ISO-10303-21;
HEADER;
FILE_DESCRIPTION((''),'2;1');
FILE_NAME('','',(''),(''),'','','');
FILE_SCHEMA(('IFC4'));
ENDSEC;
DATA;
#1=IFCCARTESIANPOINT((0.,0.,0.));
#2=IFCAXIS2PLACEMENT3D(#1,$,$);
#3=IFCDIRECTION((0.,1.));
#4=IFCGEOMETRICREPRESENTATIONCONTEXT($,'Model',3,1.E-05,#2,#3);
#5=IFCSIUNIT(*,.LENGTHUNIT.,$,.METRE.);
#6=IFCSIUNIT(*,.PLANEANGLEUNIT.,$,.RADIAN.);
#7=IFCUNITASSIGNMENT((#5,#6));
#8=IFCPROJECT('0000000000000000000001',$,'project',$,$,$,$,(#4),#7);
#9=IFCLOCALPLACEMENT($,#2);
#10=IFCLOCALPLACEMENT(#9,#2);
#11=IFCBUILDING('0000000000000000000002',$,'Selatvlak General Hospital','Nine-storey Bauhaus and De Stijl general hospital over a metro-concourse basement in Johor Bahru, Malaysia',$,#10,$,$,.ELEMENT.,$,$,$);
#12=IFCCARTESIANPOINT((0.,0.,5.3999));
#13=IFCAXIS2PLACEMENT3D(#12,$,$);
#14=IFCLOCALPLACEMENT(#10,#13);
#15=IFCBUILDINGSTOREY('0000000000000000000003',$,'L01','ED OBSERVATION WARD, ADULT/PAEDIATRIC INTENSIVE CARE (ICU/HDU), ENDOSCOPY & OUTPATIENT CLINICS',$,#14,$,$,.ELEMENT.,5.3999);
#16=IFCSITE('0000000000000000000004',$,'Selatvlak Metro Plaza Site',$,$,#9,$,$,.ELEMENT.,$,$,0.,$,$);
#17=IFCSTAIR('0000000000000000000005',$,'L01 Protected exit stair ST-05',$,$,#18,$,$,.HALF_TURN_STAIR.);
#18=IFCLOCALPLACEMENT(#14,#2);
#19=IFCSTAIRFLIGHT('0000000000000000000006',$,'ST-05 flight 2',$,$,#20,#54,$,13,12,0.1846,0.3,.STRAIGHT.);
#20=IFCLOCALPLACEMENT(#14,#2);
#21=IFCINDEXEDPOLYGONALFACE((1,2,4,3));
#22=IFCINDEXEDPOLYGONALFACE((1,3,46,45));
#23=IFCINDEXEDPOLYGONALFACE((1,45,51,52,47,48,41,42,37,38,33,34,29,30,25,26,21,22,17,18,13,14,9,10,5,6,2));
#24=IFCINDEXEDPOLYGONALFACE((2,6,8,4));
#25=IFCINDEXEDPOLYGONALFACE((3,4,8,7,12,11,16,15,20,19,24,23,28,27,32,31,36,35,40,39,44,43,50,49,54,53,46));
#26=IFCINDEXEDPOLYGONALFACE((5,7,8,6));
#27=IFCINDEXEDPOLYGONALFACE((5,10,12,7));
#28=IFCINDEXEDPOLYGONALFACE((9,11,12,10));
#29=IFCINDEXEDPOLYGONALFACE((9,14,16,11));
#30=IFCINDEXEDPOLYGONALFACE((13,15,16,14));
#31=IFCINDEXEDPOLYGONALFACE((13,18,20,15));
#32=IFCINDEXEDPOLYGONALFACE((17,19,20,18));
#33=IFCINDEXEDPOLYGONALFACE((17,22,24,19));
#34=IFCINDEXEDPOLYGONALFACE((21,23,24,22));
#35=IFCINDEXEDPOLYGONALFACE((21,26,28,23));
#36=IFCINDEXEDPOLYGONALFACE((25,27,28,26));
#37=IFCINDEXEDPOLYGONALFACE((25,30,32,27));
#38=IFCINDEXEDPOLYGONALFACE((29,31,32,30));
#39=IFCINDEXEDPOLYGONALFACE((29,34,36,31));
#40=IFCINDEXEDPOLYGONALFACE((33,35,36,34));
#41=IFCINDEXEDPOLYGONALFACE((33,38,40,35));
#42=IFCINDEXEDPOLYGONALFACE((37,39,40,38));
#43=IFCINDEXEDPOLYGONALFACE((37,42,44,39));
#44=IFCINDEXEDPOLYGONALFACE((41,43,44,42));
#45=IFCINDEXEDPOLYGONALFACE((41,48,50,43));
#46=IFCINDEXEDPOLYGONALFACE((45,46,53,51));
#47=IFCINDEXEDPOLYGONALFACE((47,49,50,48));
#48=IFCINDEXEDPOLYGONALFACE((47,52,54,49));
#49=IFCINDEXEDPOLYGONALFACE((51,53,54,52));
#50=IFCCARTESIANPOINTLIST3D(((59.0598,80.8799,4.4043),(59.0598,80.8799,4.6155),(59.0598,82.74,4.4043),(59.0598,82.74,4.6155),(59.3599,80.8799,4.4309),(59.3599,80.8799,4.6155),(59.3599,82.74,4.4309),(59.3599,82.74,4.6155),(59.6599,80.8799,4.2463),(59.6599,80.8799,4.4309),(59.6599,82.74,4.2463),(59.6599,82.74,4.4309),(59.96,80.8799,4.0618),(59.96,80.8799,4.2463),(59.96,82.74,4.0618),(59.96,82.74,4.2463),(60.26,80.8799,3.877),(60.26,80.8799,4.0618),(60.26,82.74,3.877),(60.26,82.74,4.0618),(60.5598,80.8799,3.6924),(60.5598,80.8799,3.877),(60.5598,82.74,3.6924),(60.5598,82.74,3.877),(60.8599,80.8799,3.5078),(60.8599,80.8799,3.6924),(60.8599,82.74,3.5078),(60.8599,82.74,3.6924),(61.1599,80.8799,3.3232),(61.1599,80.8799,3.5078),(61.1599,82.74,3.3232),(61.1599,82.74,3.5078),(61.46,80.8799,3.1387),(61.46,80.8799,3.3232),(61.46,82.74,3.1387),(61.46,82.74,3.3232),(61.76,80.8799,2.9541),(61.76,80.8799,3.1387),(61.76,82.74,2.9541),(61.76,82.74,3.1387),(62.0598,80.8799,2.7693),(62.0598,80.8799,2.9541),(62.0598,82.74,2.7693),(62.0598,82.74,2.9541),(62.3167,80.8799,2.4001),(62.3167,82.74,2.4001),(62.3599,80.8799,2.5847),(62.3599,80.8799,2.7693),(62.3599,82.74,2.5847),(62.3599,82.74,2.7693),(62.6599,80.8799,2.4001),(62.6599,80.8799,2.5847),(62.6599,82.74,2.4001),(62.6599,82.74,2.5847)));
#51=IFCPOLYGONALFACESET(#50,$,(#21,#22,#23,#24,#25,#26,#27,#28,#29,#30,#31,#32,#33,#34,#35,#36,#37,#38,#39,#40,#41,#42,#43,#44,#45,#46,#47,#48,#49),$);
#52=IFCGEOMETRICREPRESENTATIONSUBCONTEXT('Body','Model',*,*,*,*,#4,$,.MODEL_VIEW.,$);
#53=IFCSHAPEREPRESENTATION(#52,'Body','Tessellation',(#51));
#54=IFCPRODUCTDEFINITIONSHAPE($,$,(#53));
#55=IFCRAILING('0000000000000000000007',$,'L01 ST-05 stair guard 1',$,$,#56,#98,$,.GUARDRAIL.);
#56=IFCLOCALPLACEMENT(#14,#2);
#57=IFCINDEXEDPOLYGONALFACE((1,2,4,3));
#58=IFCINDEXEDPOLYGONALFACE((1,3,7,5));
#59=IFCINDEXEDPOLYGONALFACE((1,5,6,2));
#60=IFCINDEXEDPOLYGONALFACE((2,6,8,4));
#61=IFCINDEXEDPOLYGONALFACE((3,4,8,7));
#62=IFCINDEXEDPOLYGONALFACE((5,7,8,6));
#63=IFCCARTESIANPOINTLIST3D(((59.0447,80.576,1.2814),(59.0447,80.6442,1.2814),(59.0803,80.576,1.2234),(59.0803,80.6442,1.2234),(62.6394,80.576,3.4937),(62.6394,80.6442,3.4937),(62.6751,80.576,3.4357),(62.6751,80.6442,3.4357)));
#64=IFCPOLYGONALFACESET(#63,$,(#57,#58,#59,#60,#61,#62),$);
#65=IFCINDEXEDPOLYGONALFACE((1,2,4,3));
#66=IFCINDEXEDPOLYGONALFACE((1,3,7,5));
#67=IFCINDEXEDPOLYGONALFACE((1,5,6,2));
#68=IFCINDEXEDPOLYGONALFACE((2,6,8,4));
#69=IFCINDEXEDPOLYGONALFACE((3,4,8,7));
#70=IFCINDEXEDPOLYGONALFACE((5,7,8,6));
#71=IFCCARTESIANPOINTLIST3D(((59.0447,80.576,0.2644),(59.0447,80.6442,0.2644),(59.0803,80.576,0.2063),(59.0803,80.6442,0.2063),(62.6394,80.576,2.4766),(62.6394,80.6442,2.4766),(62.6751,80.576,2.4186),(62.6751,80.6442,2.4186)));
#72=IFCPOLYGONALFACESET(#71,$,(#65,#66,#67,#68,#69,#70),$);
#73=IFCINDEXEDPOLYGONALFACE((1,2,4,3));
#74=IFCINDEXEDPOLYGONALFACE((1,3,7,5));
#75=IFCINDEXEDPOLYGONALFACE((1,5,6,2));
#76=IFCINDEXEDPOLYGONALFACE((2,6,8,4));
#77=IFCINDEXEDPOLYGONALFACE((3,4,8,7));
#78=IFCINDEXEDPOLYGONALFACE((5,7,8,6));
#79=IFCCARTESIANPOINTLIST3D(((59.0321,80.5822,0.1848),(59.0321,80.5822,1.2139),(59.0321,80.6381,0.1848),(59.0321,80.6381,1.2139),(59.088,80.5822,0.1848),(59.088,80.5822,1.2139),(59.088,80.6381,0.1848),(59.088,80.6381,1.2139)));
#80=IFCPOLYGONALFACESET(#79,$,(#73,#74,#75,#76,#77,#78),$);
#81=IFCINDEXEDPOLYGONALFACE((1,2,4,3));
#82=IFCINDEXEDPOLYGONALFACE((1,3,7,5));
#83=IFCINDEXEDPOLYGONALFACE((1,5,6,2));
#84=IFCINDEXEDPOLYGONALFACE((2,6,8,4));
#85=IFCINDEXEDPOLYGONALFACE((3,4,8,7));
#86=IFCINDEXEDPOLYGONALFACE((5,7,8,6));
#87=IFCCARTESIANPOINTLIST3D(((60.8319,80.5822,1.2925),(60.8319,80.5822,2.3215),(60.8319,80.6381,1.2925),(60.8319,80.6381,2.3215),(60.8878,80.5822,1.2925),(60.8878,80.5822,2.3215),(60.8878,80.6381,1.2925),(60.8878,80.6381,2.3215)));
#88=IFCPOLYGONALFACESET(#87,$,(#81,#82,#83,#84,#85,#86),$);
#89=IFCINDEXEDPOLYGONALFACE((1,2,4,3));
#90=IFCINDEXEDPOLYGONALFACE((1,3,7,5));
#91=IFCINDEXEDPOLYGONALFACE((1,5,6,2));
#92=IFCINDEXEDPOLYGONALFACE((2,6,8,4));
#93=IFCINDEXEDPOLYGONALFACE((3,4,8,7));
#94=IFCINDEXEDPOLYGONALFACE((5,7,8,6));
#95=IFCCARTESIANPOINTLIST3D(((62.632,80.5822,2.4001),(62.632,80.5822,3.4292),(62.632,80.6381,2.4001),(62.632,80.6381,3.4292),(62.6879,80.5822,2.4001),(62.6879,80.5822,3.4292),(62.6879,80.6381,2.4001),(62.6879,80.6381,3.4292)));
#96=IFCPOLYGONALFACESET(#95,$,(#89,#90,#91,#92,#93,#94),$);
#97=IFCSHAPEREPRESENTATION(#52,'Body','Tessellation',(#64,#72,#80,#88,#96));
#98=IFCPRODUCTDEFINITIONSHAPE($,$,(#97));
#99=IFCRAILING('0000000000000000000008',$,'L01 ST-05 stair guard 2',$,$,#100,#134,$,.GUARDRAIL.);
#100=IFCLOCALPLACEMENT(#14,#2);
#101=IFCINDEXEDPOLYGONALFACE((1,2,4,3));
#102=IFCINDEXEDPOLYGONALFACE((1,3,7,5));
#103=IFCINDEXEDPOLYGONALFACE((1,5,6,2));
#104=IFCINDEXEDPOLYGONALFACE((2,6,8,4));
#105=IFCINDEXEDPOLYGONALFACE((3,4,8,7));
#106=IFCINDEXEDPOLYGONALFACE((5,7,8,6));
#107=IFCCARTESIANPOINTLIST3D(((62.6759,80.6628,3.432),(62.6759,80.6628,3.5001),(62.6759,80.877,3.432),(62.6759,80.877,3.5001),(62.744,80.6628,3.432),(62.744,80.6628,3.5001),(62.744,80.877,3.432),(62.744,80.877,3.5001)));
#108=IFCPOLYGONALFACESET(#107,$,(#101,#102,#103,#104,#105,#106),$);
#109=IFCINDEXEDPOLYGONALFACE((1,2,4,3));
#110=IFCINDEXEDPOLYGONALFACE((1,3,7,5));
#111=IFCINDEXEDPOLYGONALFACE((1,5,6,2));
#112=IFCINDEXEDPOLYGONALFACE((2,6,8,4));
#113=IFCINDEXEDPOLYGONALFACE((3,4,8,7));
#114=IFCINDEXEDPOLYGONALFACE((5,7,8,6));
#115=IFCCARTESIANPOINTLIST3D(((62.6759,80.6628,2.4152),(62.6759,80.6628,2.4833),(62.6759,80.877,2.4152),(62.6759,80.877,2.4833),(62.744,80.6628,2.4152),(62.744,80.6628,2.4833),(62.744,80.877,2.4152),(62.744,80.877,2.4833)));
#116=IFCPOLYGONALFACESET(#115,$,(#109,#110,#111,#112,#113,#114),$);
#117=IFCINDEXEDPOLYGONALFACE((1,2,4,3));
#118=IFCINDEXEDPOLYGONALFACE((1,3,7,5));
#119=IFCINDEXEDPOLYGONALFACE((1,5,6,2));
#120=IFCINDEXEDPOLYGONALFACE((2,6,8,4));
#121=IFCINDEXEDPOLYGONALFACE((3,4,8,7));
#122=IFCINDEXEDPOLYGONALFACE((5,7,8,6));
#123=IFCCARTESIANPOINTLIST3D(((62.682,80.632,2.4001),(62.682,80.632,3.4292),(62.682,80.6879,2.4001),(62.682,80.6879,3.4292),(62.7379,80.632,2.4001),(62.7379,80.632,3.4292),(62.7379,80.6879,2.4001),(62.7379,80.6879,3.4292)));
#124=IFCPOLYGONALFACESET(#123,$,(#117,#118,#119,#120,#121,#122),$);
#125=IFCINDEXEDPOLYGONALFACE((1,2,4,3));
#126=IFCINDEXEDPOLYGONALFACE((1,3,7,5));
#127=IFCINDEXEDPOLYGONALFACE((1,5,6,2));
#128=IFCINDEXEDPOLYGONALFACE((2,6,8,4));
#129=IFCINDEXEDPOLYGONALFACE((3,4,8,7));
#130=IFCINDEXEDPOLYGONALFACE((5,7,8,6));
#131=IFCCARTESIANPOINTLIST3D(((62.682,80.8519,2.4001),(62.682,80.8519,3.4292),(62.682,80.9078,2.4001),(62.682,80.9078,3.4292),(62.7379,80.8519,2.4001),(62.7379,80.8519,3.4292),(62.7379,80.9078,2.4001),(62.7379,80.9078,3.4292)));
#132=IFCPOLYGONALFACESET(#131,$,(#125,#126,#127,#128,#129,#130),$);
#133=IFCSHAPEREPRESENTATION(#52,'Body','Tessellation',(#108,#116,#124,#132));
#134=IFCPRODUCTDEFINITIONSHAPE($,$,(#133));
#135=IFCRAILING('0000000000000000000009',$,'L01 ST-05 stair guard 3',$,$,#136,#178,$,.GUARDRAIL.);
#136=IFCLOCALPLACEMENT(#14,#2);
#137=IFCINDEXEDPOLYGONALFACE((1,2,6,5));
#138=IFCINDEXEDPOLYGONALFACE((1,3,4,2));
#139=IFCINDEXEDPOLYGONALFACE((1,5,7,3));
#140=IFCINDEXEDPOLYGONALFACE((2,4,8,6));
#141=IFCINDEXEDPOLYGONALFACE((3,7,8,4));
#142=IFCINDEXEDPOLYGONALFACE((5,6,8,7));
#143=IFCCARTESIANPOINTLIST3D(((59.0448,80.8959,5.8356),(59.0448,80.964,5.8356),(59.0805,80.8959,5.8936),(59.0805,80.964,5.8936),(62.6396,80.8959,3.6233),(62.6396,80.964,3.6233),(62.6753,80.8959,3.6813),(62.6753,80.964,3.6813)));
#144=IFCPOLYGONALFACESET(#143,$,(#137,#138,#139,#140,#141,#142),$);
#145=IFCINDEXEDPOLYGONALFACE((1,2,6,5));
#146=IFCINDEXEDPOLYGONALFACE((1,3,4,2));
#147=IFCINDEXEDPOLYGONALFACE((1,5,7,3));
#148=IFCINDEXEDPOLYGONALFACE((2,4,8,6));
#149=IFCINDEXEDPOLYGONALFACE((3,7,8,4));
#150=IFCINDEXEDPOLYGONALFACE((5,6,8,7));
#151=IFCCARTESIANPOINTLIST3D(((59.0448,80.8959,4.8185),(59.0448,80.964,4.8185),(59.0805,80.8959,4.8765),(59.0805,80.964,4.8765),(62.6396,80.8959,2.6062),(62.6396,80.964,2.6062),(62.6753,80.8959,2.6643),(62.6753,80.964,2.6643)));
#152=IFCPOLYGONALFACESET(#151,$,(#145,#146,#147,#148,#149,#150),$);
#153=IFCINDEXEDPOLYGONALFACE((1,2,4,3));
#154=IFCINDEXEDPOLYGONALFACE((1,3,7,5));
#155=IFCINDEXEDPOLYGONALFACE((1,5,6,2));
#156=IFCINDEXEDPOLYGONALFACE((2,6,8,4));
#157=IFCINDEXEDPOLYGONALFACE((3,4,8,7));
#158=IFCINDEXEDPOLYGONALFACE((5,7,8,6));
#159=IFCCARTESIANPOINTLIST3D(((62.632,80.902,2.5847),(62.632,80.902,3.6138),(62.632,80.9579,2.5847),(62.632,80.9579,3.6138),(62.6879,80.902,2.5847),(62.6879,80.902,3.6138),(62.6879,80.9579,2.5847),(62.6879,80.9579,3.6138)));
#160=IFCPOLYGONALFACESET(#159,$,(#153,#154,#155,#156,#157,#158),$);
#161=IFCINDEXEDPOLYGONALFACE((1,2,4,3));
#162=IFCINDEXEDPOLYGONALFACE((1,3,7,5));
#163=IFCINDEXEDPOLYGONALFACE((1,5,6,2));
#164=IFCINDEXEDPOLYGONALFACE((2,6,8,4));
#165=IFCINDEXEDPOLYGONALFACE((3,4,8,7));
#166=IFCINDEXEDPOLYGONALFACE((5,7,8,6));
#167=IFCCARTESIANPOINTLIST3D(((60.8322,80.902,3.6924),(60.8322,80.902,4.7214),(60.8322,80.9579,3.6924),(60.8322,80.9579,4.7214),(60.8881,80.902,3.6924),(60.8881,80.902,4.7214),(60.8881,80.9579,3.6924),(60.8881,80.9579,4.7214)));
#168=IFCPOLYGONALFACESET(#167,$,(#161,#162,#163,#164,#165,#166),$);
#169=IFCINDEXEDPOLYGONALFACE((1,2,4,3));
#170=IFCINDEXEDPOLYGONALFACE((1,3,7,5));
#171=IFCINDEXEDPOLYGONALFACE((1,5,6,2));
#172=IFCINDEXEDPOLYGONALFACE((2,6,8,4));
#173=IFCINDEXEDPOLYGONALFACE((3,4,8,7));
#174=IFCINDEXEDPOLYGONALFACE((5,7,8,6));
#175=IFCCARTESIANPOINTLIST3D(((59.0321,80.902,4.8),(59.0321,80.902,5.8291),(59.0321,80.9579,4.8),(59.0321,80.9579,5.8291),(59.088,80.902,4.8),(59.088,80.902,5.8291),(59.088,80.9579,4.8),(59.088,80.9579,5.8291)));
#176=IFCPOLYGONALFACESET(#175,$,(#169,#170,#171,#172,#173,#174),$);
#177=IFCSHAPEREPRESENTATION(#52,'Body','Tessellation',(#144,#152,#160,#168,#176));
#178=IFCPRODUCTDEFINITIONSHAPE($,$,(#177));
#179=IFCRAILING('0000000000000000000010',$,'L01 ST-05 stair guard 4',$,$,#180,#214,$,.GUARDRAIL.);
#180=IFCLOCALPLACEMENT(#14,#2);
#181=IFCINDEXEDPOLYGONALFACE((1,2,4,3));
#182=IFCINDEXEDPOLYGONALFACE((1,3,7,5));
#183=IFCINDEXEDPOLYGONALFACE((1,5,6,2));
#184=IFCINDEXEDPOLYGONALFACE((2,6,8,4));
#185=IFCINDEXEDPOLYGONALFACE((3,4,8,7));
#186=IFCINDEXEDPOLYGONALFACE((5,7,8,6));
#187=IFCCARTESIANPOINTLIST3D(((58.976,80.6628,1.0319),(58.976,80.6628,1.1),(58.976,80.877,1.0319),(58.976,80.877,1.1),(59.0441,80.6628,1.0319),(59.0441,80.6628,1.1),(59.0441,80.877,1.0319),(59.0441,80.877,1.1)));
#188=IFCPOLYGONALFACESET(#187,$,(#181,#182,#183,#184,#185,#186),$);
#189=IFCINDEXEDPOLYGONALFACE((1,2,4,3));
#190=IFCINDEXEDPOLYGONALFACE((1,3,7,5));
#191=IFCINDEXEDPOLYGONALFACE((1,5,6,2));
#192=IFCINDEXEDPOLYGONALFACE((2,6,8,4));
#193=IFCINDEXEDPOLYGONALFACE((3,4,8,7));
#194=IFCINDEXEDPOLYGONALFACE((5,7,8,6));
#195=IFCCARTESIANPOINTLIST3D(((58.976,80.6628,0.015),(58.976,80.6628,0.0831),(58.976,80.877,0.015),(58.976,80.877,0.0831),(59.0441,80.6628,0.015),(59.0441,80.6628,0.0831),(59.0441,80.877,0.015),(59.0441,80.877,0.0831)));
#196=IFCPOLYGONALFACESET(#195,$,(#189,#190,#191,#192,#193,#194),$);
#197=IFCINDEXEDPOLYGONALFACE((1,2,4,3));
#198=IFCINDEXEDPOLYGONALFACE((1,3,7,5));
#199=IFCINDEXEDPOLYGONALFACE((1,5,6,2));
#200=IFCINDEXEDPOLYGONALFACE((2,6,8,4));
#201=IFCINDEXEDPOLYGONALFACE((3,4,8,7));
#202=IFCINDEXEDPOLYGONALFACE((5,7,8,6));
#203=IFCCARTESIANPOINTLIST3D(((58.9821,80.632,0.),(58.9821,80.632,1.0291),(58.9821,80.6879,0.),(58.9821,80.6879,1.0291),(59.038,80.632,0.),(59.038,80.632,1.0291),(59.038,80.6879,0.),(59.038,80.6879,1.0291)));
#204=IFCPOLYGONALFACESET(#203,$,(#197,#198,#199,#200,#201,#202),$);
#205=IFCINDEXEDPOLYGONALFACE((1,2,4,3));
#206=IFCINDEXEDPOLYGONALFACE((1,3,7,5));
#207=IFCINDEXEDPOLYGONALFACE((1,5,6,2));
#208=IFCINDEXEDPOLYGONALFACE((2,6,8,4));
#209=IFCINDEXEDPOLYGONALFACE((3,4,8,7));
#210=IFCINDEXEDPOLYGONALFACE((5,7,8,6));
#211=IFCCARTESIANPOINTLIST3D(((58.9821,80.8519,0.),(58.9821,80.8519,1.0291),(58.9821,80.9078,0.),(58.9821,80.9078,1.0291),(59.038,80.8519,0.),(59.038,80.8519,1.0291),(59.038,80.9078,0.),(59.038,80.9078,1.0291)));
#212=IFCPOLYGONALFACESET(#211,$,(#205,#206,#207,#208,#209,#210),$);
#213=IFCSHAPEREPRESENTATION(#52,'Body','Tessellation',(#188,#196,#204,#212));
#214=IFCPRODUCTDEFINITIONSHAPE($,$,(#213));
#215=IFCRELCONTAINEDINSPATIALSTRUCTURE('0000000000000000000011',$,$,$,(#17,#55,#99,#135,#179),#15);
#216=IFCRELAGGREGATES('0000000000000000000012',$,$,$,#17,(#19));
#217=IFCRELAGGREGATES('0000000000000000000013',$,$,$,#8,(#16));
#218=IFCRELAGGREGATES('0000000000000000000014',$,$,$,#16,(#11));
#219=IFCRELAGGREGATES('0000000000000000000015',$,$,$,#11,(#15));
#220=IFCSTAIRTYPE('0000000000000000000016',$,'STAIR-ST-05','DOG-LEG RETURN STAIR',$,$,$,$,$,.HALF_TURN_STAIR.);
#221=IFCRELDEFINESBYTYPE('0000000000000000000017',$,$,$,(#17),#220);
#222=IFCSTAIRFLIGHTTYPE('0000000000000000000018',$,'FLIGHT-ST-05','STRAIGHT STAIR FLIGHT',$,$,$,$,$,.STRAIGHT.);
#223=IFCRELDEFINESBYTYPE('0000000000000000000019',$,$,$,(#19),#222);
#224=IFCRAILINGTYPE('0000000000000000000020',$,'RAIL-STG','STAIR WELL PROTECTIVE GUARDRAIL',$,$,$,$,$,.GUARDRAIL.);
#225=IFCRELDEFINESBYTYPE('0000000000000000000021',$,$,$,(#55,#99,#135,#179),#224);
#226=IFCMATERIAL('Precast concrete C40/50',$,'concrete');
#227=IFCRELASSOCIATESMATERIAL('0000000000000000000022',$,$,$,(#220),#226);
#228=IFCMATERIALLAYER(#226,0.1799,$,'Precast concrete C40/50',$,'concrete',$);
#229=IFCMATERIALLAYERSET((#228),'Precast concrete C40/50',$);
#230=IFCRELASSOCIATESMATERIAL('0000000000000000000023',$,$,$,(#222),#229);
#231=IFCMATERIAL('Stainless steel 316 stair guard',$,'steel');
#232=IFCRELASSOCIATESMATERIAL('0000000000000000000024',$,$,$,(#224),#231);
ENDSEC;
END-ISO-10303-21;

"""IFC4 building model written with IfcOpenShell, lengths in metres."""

from ifc_helpers import new_model, si_unit, direction, frame, origin, origin_2d, place, context, subcontext, project, spatial, polyline, rectangle, outline, extrude, material, layer, layer_set, type_object, element, aggregate, save


model = new_model("IFC4")

# Units and contexts
model_context = context("Model", 3, precision=1e-05, world=origin(), true_north=direction((0.0, 1.0)))
body_context = subcontext(model_context, "Body", "Model", "MODEL_VIEW")
ifc_project = project(units=[si_unit("LENGTHUNIT", "METRE"), si_unit("PLANEANGLEUNIT", "RADIAN")], contexts=[model_context])

# Site, building, storey
site_placement = place(None, origin())
site = spatial("IfcSite", under=ifc_project, at=site_placement, Name="Selatvlak Metro Plaza Site", CompositionType="ELEMENT", RefElevation=0.0)
building_placement = place(site_placement, origin())
building = spatial("IfcBuilding", under=site, at=building_placement, Name="Selatvlak General Hospital", Description="Nine-storey Bauhaus and De Stijl general hospital over a metro-concourse basement in Johor Bahru, Malaysia", CompositionType="ELEMENT")
storey_placement = place(building_placement, frame((0.0, 0.0, 5.3999)))
storey = spatial("IfcBuildingStorey", under=building, at=storey_placement, Name="L01", Description="ED OBSERVATION WARD, ADULT/PAEDIATRIC INTENSIVE CARE (ICU/HDU), ENDOSCOPY & OUTPATIENT CLINICS", CompositionType="ELEMENT", Elevation=5.3999)

# Stair, stair flight
ifc_material_1 = material(Name="Precast concrete C40/50", Category="concrete")
stair_type = type_object("IfcStairType", Name="STAIR-ST-05", Description="DOG-LEG RETURN STAIR", PredefinedType="HALF_TURN_STAIR", material=ifc_material_1)
stair_placement = place(storey_placement, origin())
stair = element("IfcStair", 1, at=stair_placement, inside=storey, type_object=stair_type, Name="L01 Protected exit stair ST-05", PredefinedType="HALF_TURN_STAIR")
ifc_layer_1 = layer(ifc_material_1, 0.1799, Name="Precast concrete C40/50", Category="concrete")
ifc_layer_set_1 = layer_set([ifc_layer_1], Name="Precast concrete C40/50")
stair_flight_type = type_object("IfcStairFlightType", Name="FLIGHT-ST-05", Description="STRAIGHT STAIR FLIGHT", PredefinedType="STRAIGHT", material=ifc_layer_set_1)
stair_flight_1_placement = place(storey_placement, frame((62.6599, 81.8101, 2.4001), z_axis=(0.0, 0.0, 1.0), x_axis=(-1.0, 0.0, 0.0)))
stair_flight_1 = element("IfcStairFlight", 2, at=stair_flight_1_placement, type_object=stair_flight_type, Name="ST-05 flight 2", NumberOfRisers=13, NumberOfTreads=12, PredefinedType="STRAIGHT", RiserHeight=0.1846, TreadLength=0.3, context=body_context, shape_type="SweptSolid", body=[
    extrude(outline(polyline([(0.0, 0.0), (0.0, 0.1846), (0.3, 0.1846), (0.3, 0.3691), (0.6001, 0.3691), (0.6001, 0.554), (0.8999, 0.554), (0.8999, 0.7385), (1.2, 0.7385), (1.2, 0.9231), (1.5, 0.9231), (1.5, 1.1077), (1.8, 1.1077), (1.8, 1.2922), (2.1001, 1.2922), (2.1001, 1.4768), (2.3999, 1.4768), (2.3999, 1.6616), (2.7, 1.6616), (2.7, 1.8462), (3.0, 1.8462), (3.0, 2.0308), (3.3, 2.0308), (3.3, 2.2153), (3.6001, 2.2153), (3.6001, 2.3999), (3.6001, 2.0042), (0.3433, 0.0), (0.0, 0.0)])), frame((0.0, 0.9302, 0.0), z_axis=(0.0, -1.0, 0.0), x_axis=(1.0, 0.0, 0.0)), (0.0, 0.0, 1.0), 1.8601),
])
aggregate(stair, [stair_flight_1])

# Railings
ifc_material_2 = material(Name="Stainless steel 316 stair guard", Category="steel")
railing_type_1 = type_object("IfcRailingType", Name="RAIL-STG", Description="STAIR WELL PROTECTIVE GUARDRAIL", PredefinedType="GUARDRAIL", material=ifc_material_2)
railing_1_placement = place(storey_placement, frame((59.0601, 80.6101, 0.1848)))
element("IfcRailing", 3, at=railing_1_placement, inside=storey, type_object=railing_type_1, Name="L01 ST-05 stair guard 1", PredefinedType="GUARDRAIL", context=body_context, shape_type="SweptSolid", body=[
    extrude(rectangle(XDim=0.0681, YDim=0.0681, at=origin_2d()), frame((0.0024, 0.0, 1.0676), z_axis=(0.851654, 0.0, 0.524104), x_axis=(0.0, 1.0, 0.0)), (0.0, 0.0, 1.0), 4.2209),
    extrude(rectangle(XDim=0.0681, YDim=0.0681, at=origin_2d()), frame((0.0024, 0.0, 0.0505), z_axis=(0.851654, 0.0, 0.524104), x_axis=(0.0, 1.0, 0.0)), (0.0, 0.0, 1.0), 4.2209),
    extrude(rectangle(XDim=0.0559, YDim=0.0559, at=origin_2d()), origin(), (0.0, 0.0, 1.0), 1.0291),
    extrude(rectangle(XDim=0.0559, YDim=0.0559, at=origin_2d()), frame((1.7998, 0.0, 1.1077)), (0.0, 0.0, 1.0), 1.0291),
    extrude(rectangle(XDim=0.0559, YDim=0.0559, at=origin_2d()), frame((3.5999, 0.0, 2.2153)), (0.0, 0.0, 1.0), 1.0291),
])
railing_2_placement = place(storey_placement, frame((62.71, 80.6599, 2.4001)))
element("IfcRailing", 4, at=railing_2_placement, inside=storey, type_object=railing_type_1, Name="L01 ST-05 stair guard 2", PredefinedType="GUARDRAIL", context=body_context, shape_type="SweptSolid", body=[
    extrude(rectangle(XDim=0.0681, YDim=0.0681, at=origin_2d()), frame((0.0, 0.0029, 1.0659), z_axis=(0.0, 1.0, 0.0), x_axis=(-1.0, 0.0, 0.0)), (0.0, 0.0, 1.0), 0.2141),
    extrude(rectangle(XDim=0.0681, YDim=0.0681, at=origin_2d()), frame((0.0, 0.0029, 0.0491), z_axis=(0.0, 1.0, 0.0), x_axis=(-1.0, 0.0, 0.0)), (0.0, 0.0, 1.0), 0.2141),
    extrude(rectangle(XDim=0.0559, YDim=0.0559, at=origin_2d()), origin(), (0.0, 0.0, 1.0), 1.0291),
    extrude(rectangle(XDim=0.0559, YDim=0.0559, at=origin_2d()), frame((0.0, 0.22, 0.0)), (0.0, 0.0, 1.0), 1.0291),
])
railing_3_placement = place(storey_placement, frame((62.6599, 80.9299, 2.5847)))
element("IfcRailing", 5, at=railing_3_placement, inside=storey, type_object=railing_type_1, Name="L01 ST-05 stair guard 3", PredefinedType="GUARDRAIL", context=body_context, shape_type="SweptSolid", body=[
    extrude(rectangle(XDim=0.0681, YDim=0.0681, at=origin_2d()), frame((-0.0024, 0.0, 1.0676), z_axis=(-0.851654, 0.0, 0.524104), x_axis=(0.0, -1.0, 0.0)), (0.0, 0.0, 1.0), 4.2209),
    extrude(rectangle(XDim=0.0681, YDim=0.0681, at=origin_2d()), frame((-0.0024, 0.0, 0.0505), z_axis=(-0.851654, 0.0, 0.524104), x_axis=(0.0, -1.0, 0.0)), (0.0, 0.0, 1.0), 4.2209),
    extrude(rectangle(XDim=0.0559, YDim=0.0559, at=origin_2d()), origin(), (0.0, 0.0, 1.0), 1.0291),
    extrude(rectangle(XDim=0.0559, YDim=0.0559, at=origin_2d()), frame((-1.7998, 0.0, 1.1077)), (0.0, 0.0, 1.0), 1.0291),
    extrude(rectangle(XDim=0.0559, YDim=0.0559, at=origin_2d()), frame((-3.5999, 0.0, 2.2153)), (0.0, 0.0, 1.0), 1.0291),
])
railing_4_placement = place(storey_placement, frame((59.01, 80.6599, 0.0)))
element("IfcRailing", 6, at=railing_4_placement, inside=storey, type_object=railing_type_1, Name="L01 ST-05 stair guard 4", PredefinedType="GUARDRAIL", context=body_context, shape_type="SweptSolid", body=[
    extrude(rectangle(XDim=0.0681, YDim=0.0681, at=origin_2d()), frame((0.0, 0.0029, 1.0659), z_axis=(0.0, 1.0, 0.0), x_axis=(-1.0, 0.0, 0.0)), (0.0, 0.0, 1.0), 0.2141),
    extrude(rectangle(XDim=0.0681, YDim=0.0681, at=origin_2d()), frame((0.0, 0.0029, 0.0491), z_axis=(0.0, 1.0, 0.0), x_axis=(-1.0, 0.0, 0.0)), (0.0, 0.0, 1.0), 0.2141),
    extrude(rectangle(XDim=0.0559, YDim=0.0559, at=origin_2d()), origin(), (0.0, 0.0, 1.0), 1.0291),
    extrude(rectangle(XDim=0.0559, YDim=0.0559, at=origin_2d()), frame((0.0, 0.22, 0.0)), (0.0, 0.0, 1.0), 1.0291),
])

save(model, "model.ifc")
